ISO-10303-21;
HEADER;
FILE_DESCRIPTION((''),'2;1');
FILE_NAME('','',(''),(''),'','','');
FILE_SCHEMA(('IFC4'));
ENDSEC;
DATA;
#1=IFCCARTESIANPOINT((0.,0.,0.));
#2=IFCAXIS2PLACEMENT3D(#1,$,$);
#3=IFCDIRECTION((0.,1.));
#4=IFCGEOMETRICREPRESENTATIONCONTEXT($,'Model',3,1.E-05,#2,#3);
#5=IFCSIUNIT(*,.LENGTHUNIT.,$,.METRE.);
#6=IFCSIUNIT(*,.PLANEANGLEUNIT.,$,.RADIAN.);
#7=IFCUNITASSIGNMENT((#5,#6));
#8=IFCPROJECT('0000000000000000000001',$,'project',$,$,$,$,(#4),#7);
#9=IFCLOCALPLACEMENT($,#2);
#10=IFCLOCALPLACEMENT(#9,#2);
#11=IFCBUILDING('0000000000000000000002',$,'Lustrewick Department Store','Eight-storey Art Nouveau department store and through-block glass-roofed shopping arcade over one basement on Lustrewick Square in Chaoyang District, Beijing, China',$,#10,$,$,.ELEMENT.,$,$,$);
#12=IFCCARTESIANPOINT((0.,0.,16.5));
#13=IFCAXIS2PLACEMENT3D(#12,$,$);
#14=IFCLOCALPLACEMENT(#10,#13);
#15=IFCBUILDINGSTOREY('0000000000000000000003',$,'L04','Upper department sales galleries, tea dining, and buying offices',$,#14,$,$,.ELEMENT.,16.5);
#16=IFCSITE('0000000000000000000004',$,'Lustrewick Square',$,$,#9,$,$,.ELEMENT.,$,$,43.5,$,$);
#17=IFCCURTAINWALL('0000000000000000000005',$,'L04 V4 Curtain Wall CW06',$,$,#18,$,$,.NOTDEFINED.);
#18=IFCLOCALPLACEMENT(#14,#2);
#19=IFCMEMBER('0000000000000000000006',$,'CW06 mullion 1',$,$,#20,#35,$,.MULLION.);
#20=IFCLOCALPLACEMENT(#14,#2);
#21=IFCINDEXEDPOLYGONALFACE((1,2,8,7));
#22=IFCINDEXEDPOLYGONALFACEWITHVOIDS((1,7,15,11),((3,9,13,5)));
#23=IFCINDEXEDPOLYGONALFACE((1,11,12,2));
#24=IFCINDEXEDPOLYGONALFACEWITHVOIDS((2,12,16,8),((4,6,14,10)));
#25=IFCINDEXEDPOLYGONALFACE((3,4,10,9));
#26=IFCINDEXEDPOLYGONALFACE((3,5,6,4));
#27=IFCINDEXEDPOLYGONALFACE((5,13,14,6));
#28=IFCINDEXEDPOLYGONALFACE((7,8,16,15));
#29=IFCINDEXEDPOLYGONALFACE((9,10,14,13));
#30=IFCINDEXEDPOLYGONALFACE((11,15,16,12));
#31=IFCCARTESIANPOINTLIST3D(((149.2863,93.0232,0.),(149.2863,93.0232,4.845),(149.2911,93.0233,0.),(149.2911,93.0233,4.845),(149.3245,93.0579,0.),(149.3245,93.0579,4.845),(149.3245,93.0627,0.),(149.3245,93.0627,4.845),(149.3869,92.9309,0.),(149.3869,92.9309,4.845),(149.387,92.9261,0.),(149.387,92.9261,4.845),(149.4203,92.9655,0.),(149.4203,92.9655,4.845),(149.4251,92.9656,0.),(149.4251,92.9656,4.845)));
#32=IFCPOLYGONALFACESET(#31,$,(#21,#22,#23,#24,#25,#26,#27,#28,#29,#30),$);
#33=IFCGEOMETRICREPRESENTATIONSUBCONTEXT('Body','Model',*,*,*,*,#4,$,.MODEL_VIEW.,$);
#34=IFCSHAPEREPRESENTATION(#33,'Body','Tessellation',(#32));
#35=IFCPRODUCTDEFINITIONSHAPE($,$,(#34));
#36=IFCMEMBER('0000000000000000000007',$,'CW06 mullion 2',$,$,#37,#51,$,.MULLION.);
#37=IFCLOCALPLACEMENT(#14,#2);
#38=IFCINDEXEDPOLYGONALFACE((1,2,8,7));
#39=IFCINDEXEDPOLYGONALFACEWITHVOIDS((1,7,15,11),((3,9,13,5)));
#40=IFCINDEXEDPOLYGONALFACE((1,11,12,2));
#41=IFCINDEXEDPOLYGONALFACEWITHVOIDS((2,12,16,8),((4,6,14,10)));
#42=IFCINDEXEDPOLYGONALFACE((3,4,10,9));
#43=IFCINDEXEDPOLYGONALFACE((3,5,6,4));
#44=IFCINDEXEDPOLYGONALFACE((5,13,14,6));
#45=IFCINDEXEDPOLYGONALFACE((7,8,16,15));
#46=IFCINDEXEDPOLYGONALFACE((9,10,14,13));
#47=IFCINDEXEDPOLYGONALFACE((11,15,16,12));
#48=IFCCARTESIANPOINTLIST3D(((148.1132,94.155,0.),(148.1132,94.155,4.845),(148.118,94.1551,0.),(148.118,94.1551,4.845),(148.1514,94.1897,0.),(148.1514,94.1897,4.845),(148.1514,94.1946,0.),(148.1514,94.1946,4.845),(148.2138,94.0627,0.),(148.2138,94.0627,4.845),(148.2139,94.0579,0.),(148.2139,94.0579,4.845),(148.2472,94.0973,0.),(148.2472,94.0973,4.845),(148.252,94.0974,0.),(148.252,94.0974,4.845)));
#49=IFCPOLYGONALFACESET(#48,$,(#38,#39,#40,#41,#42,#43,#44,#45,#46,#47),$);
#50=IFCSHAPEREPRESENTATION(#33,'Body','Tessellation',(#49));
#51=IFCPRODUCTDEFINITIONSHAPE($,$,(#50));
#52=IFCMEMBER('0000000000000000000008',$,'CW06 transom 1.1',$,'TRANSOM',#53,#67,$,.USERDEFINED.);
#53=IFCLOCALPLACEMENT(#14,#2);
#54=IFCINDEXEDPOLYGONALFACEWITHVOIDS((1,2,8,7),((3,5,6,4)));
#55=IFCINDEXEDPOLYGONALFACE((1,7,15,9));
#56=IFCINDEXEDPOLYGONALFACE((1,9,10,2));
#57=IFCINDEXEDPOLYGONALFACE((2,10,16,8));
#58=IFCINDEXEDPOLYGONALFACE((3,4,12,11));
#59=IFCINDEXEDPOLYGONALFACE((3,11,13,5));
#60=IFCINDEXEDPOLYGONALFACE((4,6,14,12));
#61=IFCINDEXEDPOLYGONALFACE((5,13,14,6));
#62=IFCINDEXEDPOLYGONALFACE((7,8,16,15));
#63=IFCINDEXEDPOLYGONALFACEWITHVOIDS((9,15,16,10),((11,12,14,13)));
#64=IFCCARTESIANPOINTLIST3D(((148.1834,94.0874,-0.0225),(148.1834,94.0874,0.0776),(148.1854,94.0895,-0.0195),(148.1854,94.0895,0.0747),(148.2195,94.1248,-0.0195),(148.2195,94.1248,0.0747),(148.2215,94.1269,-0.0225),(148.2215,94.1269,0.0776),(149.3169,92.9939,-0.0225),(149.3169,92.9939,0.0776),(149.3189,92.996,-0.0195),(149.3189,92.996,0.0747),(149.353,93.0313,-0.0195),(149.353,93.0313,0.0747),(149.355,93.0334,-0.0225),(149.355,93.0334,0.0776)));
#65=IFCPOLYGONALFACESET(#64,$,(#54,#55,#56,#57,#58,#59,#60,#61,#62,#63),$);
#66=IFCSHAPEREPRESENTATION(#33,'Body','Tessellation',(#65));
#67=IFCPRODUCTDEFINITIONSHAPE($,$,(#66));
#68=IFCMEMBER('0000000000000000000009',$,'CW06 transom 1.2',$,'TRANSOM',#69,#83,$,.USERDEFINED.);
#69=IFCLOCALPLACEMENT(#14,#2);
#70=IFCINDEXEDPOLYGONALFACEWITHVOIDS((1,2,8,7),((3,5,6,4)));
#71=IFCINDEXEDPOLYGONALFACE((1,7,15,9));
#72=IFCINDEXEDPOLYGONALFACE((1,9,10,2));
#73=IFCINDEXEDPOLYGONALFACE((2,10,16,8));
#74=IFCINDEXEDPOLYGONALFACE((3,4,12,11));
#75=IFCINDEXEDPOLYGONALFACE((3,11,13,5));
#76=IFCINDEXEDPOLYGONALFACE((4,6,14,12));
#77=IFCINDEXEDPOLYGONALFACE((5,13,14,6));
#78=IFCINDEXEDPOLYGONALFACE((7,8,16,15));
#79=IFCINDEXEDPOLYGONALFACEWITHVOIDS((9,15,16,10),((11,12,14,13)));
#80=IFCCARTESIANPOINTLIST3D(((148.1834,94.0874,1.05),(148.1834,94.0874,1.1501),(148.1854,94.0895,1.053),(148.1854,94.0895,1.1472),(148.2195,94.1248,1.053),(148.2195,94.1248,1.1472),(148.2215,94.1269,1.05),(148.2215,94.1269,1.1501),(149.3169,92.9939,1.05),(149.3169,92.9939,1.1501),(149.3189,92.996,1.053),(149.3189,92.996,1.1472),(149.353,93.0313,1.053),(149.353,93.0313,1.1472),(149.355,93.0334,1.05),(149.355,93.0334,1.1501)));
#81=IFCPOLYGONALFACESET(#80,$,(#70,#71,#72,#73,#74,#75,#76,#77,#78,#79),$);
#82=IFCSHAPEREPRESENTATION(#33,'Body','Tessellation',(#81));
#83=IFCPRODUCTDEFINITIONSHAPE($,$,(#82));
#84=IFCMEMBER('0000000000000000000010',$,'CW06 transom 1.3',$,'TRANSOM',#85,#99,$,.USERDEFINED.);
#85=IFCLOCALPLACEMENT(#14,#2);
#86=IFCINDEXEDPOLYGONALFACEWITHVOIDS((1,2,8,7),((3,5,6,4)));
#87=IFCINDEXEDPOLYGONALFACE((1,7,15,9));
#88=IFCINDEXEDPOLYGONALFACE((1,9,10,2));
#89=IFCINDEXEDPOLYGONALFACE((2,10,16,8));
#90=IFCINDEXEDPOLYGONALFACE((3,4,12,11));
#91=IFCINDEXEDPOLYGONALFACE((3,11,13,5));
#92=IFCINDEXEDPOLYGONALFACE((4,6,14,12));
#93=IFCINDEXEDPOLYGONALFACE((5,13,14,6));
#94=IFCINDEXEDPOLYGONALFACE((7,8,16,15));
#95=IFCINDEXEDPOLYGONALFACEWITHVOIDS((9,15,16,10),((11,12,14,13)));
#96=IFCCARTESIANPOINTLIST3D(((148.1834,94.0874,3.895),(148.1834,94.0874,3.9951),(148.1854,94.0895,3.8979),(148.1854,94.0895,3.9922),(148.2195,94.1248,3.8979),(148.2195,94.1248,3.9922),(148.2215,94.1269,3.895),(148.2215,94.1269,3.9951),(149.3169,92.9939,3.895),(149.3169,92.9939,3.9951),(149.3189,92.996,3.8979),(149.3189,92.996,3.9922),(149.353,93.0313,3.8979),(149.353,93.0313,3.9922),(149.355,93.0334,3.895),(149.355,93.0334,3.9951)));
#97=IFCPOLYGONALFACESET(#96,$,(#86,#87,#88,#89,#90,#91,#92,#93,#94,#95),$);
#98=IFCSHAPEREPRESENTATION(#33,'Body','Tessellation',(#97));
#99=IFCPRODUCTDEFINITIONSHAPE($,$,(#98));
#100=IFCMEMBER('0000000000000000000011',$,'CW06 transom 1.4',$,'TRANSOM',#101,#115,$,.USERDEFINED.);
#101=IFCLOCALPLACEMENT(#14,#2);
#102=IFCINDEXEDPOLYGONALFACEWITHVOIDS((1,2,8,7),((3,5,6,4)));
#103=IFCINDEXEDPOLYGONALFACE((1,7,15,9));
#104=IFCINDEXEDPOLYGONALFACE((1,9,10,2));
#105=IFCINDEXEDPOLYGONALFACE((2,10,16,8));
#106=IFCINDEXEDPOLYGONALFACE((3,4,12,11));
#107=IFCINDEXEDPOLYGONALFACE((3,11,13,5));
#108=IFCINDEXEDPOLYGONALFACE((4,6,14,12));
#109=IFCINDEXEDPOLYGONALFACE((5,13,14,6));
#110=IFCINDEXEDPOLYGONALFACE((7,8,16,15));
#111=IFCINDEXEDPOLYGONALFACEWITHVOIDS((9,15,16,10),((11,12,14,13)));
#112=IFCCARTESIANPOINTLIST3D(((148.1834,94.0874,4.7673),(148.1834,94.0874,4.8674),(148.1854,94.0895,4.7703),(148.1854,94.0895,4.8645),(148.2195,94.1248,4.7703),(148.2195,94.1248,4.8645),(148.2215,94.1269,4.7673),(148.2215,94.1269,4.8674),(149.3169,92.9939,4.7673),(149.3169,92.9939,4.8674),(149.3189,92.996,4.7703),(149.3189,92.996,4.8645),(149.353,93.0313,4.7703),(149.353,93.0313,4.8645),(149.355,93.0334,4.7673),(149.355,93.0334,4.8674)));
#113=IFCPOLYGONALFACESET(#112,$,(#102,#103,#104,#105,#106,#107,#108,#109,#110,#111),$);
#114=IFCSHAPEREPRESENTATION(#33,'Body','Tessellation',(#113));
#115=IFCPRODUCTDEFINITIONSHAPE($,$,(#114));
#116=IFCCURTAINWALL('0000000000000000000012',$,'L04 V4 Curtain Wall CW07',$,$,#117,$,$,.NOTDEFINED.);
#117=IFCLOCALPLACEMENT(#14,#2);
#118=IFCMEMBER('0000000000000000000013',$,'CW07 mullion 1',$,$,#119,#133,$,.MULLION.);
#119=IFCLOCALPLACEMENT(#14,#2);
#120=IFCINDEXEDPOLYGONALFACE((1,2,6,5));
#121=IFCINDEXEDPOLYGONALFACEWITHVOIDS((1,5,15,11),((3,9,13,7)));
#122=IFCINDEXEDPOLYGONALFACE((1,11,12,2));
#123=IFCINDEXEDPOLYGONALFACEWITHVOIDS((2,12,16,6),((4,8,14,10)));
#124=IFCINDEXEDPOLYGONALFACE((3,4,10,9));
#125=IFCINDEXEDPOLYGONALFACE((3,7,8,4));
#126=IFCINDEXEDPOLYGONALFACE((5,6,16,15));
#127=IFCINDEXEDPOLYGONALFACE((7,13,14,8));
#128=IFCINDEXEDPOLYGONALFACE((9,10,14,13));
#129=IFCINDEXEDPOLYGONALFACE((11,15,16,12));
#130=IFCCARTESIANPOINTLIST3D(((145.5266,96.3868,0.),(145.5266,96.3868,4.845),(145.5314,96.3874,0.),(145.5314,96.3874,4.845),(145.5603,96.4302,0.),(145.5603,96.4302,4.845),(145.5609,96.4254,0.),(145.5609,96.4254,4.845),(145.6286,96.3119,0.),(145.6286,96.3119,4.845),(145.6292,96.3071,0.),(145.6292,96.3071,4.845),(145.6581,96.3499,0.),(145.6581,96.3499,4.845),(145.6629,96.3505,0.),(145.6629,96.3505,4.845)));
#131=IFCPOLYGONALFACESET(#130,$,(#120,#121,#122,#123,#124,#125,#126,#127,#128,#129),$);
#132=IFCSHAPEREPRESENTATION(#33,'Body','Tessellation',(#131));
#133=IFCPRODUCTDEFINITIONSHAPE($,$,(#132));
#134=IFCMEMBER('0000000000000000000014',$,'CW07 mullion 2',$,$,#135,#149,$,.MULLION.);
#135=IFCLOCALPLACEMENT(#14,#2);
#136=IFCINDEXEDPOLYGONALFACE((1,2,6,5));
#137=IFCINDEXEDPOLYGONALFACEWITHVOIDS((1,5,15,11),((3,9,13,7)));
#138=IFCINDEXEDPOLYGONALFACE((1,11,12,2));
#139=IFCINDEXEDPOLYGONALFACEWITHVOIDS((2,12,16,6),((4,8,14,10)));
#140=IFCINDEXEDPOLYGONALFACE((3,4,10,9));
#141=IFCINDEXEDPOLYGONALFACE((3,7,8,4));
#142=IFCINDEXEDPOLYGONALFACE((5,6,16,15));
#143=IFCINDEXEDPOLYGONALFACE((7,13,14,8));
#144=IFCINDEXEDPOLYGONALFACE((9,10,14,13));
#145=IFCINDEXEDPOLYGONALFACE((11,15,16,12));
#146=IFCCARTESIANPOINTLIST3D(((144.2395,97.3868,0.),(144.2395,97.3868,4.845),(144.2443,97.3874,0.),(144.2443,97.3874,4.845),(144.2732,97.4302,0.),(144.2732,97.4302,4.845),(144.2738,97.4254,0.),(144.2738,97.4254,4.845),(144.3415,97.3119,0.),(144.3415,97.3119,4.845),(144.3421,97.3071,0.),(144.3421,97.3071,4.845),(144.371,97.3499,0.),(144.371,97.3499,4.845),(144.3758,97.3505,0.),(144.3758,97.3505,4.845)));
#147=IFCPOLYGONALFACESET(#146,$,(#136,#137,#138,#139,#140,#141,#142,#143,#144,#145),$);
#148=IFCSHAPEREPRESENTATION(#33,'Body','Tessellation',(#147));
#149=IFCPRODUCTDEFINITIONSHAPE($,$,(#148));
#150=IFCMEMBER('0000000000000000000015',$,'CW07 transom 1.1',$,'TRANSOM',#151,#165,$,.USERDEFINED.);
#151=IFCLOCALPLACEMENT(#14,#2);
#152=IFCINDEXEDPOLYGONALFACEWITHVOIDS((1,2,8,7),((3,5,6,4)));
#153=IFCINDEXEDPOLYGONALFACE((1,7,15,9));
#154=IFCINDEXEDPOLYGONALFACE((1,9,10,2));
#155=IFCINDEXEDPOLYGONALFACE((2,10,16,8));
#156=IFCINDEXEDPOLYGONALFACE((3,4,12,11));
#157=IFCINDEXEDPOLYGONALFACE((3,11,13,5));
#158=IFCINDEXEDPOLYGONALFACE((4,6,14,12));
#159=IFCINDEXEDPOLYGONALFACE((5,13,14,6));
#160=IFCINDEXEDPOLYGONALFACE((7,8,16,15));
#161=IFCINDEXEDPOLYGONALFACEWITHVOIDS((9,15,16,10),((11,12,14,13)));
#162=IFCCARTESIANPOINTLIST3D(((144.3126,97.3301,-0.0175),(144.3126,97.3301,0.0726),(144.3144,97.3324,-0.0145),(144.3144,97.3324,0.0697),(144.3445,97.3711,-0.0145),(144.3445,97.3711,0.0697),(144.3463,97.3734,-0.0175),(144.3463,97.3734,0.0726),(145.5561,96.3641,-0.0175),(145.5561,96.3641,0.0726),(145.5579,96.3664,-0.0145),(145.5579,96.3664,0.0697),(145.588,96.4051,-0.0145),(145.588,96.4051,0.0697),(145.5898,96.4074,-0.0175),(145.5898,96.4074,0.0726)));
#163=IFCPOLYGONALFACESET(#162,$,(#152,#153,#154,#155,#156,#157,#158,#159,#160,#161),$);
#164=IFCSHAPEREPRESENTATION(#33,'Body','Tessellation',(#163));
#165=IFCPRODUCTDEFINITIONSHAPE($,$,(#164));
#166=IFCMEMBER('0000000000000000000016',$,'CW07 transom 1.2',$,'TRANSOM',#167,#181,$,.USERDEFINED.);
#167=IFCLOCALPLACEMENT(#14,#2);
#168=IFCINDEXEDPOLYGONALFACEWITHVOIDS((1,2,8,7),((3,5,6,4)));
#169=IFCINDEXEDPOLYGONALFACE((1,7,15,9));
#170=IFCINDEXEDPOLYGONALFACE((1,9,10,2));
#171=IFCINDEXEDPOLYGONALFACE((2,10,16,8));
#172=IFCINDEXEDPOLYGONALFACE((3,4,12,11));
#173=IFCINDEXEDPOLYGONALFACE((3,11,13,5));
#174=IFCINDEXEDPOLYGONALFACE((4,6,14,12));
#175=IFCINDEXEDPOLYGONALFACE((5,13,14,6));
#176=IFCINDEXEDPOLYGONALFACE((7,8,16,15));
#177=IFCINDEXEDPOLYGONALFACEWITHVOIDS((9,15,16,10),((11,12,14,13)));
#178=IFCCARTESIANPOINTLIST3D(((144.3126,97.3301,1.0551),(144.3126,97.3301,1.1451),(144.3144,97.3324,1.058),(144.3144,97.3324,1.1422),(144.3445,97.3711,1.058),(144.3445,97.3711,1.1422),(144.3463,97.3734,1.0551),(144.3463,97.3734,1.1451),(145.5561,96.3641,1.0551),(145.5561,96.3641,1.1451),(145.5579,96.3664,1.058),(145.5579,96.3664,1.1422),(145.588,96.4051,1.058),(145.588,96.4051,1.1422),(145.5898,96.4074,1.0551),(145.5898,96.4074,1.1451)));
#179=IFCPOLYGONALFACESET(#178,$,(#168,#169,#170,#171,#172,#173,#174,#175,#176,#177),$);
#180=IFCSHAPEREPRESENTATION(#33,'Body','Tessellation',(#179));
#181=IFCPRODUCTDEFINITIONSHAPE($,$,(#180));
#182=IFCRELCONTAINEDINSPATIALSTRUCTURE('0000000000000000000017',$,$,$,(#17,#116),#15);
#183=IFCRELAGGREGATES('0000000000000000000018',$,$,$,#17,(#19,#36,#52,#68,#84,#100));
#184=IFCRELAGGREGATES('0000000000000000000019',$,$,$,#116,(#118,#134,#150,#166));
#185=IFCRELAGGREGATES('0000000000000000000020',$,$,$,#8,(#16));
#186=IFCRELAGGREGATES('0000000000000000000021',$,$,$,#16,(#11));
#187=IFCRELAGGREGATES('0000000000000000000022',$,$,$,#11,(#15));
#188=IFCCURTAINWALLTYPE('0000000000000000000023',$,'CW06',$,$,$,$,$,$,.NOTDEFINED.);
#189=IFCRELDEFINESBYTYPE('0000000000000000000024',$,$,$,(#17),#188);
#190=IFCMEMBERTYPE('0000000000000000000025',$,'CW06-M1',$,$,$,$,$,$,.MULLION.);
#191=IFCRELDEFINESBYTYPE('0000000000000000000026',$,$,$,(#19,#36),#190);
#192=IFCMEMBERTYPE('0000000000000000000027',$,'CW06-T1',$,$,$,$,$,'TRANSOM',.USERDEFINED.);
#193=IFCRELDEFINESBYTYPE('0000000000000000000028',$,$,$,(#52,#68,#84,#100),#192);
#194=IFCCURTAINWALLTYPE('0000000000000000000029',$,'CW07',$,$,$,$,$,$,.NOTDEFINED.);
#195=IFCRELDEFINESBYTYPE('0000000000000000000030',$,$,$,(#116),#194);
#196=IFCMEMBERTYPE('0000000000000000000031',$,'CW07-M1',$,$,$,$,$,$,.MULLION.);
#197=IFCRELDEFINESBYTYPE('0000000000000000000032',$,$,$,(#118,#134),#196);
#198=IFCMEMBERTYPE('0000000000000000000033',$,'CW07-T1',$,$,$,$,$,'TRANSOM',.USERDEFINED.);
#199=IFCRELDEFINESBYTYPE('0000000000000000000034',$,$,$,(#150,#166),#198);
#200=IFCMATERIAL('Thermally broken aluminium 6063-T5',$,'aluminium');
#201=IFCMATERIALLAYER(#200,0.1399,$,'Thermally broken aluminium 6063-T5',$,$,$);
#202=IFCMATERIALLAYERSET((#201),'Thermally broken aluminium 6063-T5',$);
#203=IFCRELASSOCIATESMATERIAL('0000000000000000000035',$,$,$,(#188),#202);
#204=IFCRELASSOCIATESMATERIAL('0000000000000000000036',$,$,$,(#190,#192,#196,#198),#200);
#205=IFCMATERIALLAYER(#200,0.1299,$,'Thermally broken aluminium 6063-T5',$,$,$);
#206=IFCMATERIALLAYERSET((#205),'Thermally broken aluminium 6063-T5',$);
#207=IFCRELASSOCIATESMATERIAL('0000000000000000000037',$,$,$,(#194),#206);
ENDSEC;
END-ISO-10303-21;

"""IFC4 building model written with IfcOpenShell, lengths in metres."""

from ifc_helpers import new_model, si_unit, direction, frame, origin, origin_2d, place, context, subcontext, project, spatial, hollow_rectangle, extrude, material, layer, layer_set, material_profile, profile_set, type_object, element, aggregate, save


model = new_model("IFC4")

# Units and contexts
model_context = context("Model", 3, precision=1e-05, world=origin(), true_north=direction((0.0, 1.0)))
body_context = subcontext(model_context, "Body", "Model", "MODEL_VIEW")
ifc_project = project(units=[si_unit("LENGTHUNIT", "METRE"), si_unit("PLANEANGLEUNIT", "RADIAN")], contexts=[model_context])

# Site, building, storey
site_placement = place(None, origin())
site = spatial("IfcSite", under=ifc_project, at=site_placement, Name="Lustrewick Square", CompositionType="ELEMENT", RefElevation=43.5)
building_placement = place(site_placement, origin())
building = spatial("IfcBuilding", under=site, at=building_placement, Name="Lustrewick Department Store", Description="Eight-storey Art Nouveau department store and through-block glass-roofed shopping arcade over one basement on Lustrewick Square in Chaoyang District, Beijing, China", CompositionType="ELEMENT")
storey_placement = place(building_placement, frame((0.0, 0.0, 16.5)))
storey = spatial("IfcBuildingStorey", under=building, at=storey_placement, Name="L04", Description="Upper department sales galleries, tea dining, and buying offices", CompositionType="ELEMENT", Elevation=16.5)

# Curtain walls, members
ifc_material_1 = material(Name="Thermally broken aluminium 6063-T5", Category="aluminium")
ifc_layer_1 = layer(ifc_material_1, 0.1399, Name="Thermally broken aluminium 6063-T5")
ifc_layer_set_1 = layer_set([ifc_layer_1], Name="Thermally broken aluminium 6063-T5")
curtain_wall_type_1 = type_object("IfcCurtainWallType", Name="CW06", PredefinedType="NOTDEFINED", material=ifc_layer_set_1)
curtain_wall_1_placement = place(storey_placement, origin())
curtain_wall_1 = element("IfcCurtainWall", 1, at=curtain_wall_1_placement, inside=storey, type_object=curtain_wall_type_1, Name="L04 V4 Curtain Wall CW06", PredefinedType="NOTDEFINED")
ifc_material_profile_1 = material_profile(ifc_material_1, hollow_rectangle(XDim=0.0549, YDim=0.1399, WallThickness=0.0034, at=origin_2d()), Name="ALU-M 55x140x3.5")
ifc_profile_set_1 = profile_set([ifc_material_profile_1], Name="Thermally broken aluminium 6063-T5")
member_type_1 = type_object("IfcMemberType", Name="CW06-M1", PredefinedType="MULLION", material=ifc_profile_set_1)
member_1_placement = place(storey_placement, frame((149.3557, 92.9944, 0.0), z_axis=(0.0, 0.0, 1.0), x_axis=(-0.694383, -0.719606, 0.0)))
member_1 = element("IfcMember", 2, at=member_1_placement, type_object=member_type_1, Name="CW06 mullion 1", PredefinedType="MULLION", context=body_context, shape_type="SweptSolid", body=[
    extrude(hollow_rectangle(XDim=0.0549, YDim=0.1399, WallThickness=0.0034, at=origin_2d()), origin(), (0.0, 0.0, 1.0), 4.845),
])
member_2_placement = place(storey_placement, frame((148.1826, 94.1262, 0.0), z_axis=(0.0, 0.0, 1.0), x_axis=(-0.694383, -0.719606, 0.0)))
member_2 = element("IfcMember", 3, at=member_2_placement, type_object=member_type_1, Name="CW06 mullion 2", PredefinedType="MULLION", context=body_context, shape_type="SweptSolid", body=[
    extrude(hollow_rectangle(XDim=0.0549, YDim=0.1399, WallThickness=0.0034, at=origin_2d()), origin(), (0.0, 0.0, 1.0), 4.845),
])
ifc_material_profile_2 = material_profile(ifc_material_1, hollow_rectangle(XDim=0.0549, YDim=0.1001, WallThickness=0.0029, at=origin_2d()), Name="ALU-T 55x100x3")
ifc_profile_set_2 = profile_set([ifc_material_profile_2], Name="Thermally broken aluminium 6063-T5")
member_type_2 = type_object("IfcMemberType", Name="CW06-T1", ElementType="TRANSOM", PredefinedType="USERDEFINED", material=ifc_profile_set_2)
member_3_placement = place(storey_placement, frame((149.3359, 93.0137, 0.0276), z_axis=(-0.719703, 0.694282, 0.0), x_axis=(-0.694282, -0.719703, 0.0)))
member_3 = element("IfcMember", 4, at=member_3_placement, type_object=member_type_2, Name="CW06 transom 1.1", ObjectType="TRANSOM", PredefinedType="USERDEFINED", context=body_context, shape_type="SweptSolid", body=[
    extrude(hollow_rectangle(XDim=0.0549, YDim=0.1001, WallThickness=0.0029, at=origin_2d()), origin(), (0.0, 0.0, 1.0), 1.575),
])
member_4_placement = place(storey_placement, frame((149.3359, 93.0137, 1.1001), z_axis=(-0.719703, 0.694282, 0.0), x_axis=(-0.694282, -0.719703, 0.0)))
member_4 = element("IfcMember", 5, at=member_4_placement, type_object=member_type_2, Name="CW06 transom 1.2", ObjectType="TRANSOM", PredefinedType="USERDEFINED", context=body_context, shape_type="SweptSolid", body=[
    extrude(hollow_rectangle(XDim=0.0549, YDim=0.1001, WallThickness=0.0029, at=origin_2d()), origin(), (0.0, 0.0, 1.0), 1.575),
])
member_5_placement = place(storey_placement, frame((149.3359, 93.0137, 3.9451), z_axis=(-0.719703, 0.694282, 0.0), x_axis=(-0.694282, -0.719703, 0.0)))
member_5 = element("IfcMember", 6, at=member_5_placement, type_object=member_type_2, Name="CW06 transom 1.3", ObjectType="TRANSOM", PredefinedType="USERDEFINED", context=body_context, shape_type="SweptSolid", body=[
    extrude(hollow_rectangle(XDim=0.0549, YDim=0.1001, WallThickness=0.0029, at=origin_2d()), origin(), (0.0, 0.0, 1.0), 1.575),
])
member_6_placement = place(storey_placement, frame((149.3359, 93.0137, 4.8174), z_axis=(-0.719703, 0.694282, 0.0), x_axis=(-0.694282, -0.719703, 0.0)))
member_6 = element("IfcMember", 7, at=member_6_placement, type_object=member_type_2, Name="CW06 transom 1.4", ObjectType="TRANSOM", PredefinedType="USERDEFINED", context=body_context, shape_type="SweptSolid", body=[
    extrude(hollow_rectangle(XDim=0.0549, YDim=0.1001, WallThickness=0.0029, at=origin_2d()), origin(), (0.0, 0.0, 1.0), 1.575),
])
ifc_layer_2 = layer(ifc_material_1, 0.1299, Name="Thermally broken aluminium 6063-T5")
ifc_layer_set_2 = layer_set([ifc_layer_2], Name="Thermally broken aluminium 6063-T5")
curtain_wall_type_2 = type_object("IfcCurtainWallType", Name="CW07", PredefinedType="NOTDEFINED", material=ifc_layer_set_2)
curtain_wall_2_placement = place(storey_placement, origin())
curtain_wall_2 = element("IfcCurtainWall", 8, at=curtain_wall_2_placement, inside=storey, type_object=curtain_wall_type_2, Name="L04 V4 Curtain Wall CW07", PredefinedType="NOTDEFINED")
ifc_material_profile_3 = material_profile(ifc_material_1, hollow_rectangle(XDim=0.0549, YDim=0.1299, WallThickness=0.0034, at=origin_2d()), Name="ALU-M 55x130x3.5")
ifc_profile_set_3 = profile_set([ifc_material_profile_3], Name="Thermally broken aluminium 6063-T5")
member_type_3 = type_object("IfcMemberType", Name="CW07-M1", PredefinedType="MULLION", material=ifc_profile_set_3)
member_7_placement = place(storey_placement, frame((145.5947, 96.3687, 0.0), z_axis=(0.0, 0.0, 1.0), x_axis=(-0.613456, -0.789729, 0.0)))
member_7 = element("IfcMember", 9, at=member_7_placement, type_object=member_type_3, Name="CW07 mullion 1", PredefinedType="MULLION", context=body_context, shape_type="SweptSolid", body=[
    extrude(hollow_rectangle(XDim=0.0549, YDim=0.1299, WallThickness=0.0034, at=origin_2d()), origin(), (0.0, 0.0, 1.0), 4.845),
])
member_8_placement = place(storey_placement, frame((144.3076, 97.3687, 0.0), z_axis=(0.0, 0.0, 1.0), x_axis=(-0.613456, -0.789729, 0.0)))
member_8 = element("IfcMember", 10, at=member_8_placement, type_object=member_type_3, Name="CW07 mullion 2", PredefinedType="MULLION", context=body_context, shape_type="SweptSolid", body=[
    extrude(hollow_rectangle(XDim=0.0549, YDim=0.1299, WallThickness=0.0034, at=origin_2d()), origin(), (0.0, 0.0, 1.0), 4.845),
])
ifc_material_profile_4 = material_profile(ifc_material_1, hollow_rectangle(XDim=0.0549, YDim=0.0901, WallThickness=0.0029, at=origin_2d()), Name="ALU-T 55x90x3")
ifc_profile_set_4 = profile_set([ifc_material_profile_4], Name="Thermally broken aluminium 6063-T5")
member_type_4 = type_object("IfcMemberType", Name="CW07-T1", ElementType="TRANSOM", PredefinedType="USERDEFINED", material=ifc_profile_set_4)
member_9_placement = place(storey_placement, frame((145.573, 96.3857, 0.0276), z_axis=(-0.789728, 0.613458, 0.0), x_axis=(-0.613458, -0.789728, 0.0)))
member_9 = element("IfcMember", 11, at=member_9_placement, type_object=member_type_4, Name="CW07 transom 1.1", ObjectType="TRANSOM", PredefinedType="USERDEFINED", context=body_context, shape_type="SweptSolid", body=[
    extrude(hollow_rectangle(XDim=0.0549, YDim=0.0901, WallThickness=0.0029, at=origin_2d()), origin(), (0.0, 0.0, 1.0), 1.5747),
])
member_10_placement = place(storey_placement, frame((145.573, 96.3857, 1.1001), z_axis=(-0.789728, 0.613458, 0.0), x_axis=(-0.613458, -0.789728, 0.0)))
member_10 = element("IfcMember", 12, at=member_10_placement, type_object=member_type_4, Name="CW07 transom 1.2", ObjectType="TRANSOM", PredefinedType="USERDEFINED", context=body_context, shape_type="SweptSolid", body=[
    extrude(hollow_rectangle(XDim=0.0549, YDim=0.0901, WallThickness=0.0029, at=origin_2d()), origin(), (0.0, 0.0, 1.0), 1.5747),
])

aggregate(curtain_wall_1, [member_1, member_2, member_3, member_4, member_5, member_6])
aggregate(curtain_wall_2, [member_7, member_8, member_9, member_10])

save(model, "model.ifc")
